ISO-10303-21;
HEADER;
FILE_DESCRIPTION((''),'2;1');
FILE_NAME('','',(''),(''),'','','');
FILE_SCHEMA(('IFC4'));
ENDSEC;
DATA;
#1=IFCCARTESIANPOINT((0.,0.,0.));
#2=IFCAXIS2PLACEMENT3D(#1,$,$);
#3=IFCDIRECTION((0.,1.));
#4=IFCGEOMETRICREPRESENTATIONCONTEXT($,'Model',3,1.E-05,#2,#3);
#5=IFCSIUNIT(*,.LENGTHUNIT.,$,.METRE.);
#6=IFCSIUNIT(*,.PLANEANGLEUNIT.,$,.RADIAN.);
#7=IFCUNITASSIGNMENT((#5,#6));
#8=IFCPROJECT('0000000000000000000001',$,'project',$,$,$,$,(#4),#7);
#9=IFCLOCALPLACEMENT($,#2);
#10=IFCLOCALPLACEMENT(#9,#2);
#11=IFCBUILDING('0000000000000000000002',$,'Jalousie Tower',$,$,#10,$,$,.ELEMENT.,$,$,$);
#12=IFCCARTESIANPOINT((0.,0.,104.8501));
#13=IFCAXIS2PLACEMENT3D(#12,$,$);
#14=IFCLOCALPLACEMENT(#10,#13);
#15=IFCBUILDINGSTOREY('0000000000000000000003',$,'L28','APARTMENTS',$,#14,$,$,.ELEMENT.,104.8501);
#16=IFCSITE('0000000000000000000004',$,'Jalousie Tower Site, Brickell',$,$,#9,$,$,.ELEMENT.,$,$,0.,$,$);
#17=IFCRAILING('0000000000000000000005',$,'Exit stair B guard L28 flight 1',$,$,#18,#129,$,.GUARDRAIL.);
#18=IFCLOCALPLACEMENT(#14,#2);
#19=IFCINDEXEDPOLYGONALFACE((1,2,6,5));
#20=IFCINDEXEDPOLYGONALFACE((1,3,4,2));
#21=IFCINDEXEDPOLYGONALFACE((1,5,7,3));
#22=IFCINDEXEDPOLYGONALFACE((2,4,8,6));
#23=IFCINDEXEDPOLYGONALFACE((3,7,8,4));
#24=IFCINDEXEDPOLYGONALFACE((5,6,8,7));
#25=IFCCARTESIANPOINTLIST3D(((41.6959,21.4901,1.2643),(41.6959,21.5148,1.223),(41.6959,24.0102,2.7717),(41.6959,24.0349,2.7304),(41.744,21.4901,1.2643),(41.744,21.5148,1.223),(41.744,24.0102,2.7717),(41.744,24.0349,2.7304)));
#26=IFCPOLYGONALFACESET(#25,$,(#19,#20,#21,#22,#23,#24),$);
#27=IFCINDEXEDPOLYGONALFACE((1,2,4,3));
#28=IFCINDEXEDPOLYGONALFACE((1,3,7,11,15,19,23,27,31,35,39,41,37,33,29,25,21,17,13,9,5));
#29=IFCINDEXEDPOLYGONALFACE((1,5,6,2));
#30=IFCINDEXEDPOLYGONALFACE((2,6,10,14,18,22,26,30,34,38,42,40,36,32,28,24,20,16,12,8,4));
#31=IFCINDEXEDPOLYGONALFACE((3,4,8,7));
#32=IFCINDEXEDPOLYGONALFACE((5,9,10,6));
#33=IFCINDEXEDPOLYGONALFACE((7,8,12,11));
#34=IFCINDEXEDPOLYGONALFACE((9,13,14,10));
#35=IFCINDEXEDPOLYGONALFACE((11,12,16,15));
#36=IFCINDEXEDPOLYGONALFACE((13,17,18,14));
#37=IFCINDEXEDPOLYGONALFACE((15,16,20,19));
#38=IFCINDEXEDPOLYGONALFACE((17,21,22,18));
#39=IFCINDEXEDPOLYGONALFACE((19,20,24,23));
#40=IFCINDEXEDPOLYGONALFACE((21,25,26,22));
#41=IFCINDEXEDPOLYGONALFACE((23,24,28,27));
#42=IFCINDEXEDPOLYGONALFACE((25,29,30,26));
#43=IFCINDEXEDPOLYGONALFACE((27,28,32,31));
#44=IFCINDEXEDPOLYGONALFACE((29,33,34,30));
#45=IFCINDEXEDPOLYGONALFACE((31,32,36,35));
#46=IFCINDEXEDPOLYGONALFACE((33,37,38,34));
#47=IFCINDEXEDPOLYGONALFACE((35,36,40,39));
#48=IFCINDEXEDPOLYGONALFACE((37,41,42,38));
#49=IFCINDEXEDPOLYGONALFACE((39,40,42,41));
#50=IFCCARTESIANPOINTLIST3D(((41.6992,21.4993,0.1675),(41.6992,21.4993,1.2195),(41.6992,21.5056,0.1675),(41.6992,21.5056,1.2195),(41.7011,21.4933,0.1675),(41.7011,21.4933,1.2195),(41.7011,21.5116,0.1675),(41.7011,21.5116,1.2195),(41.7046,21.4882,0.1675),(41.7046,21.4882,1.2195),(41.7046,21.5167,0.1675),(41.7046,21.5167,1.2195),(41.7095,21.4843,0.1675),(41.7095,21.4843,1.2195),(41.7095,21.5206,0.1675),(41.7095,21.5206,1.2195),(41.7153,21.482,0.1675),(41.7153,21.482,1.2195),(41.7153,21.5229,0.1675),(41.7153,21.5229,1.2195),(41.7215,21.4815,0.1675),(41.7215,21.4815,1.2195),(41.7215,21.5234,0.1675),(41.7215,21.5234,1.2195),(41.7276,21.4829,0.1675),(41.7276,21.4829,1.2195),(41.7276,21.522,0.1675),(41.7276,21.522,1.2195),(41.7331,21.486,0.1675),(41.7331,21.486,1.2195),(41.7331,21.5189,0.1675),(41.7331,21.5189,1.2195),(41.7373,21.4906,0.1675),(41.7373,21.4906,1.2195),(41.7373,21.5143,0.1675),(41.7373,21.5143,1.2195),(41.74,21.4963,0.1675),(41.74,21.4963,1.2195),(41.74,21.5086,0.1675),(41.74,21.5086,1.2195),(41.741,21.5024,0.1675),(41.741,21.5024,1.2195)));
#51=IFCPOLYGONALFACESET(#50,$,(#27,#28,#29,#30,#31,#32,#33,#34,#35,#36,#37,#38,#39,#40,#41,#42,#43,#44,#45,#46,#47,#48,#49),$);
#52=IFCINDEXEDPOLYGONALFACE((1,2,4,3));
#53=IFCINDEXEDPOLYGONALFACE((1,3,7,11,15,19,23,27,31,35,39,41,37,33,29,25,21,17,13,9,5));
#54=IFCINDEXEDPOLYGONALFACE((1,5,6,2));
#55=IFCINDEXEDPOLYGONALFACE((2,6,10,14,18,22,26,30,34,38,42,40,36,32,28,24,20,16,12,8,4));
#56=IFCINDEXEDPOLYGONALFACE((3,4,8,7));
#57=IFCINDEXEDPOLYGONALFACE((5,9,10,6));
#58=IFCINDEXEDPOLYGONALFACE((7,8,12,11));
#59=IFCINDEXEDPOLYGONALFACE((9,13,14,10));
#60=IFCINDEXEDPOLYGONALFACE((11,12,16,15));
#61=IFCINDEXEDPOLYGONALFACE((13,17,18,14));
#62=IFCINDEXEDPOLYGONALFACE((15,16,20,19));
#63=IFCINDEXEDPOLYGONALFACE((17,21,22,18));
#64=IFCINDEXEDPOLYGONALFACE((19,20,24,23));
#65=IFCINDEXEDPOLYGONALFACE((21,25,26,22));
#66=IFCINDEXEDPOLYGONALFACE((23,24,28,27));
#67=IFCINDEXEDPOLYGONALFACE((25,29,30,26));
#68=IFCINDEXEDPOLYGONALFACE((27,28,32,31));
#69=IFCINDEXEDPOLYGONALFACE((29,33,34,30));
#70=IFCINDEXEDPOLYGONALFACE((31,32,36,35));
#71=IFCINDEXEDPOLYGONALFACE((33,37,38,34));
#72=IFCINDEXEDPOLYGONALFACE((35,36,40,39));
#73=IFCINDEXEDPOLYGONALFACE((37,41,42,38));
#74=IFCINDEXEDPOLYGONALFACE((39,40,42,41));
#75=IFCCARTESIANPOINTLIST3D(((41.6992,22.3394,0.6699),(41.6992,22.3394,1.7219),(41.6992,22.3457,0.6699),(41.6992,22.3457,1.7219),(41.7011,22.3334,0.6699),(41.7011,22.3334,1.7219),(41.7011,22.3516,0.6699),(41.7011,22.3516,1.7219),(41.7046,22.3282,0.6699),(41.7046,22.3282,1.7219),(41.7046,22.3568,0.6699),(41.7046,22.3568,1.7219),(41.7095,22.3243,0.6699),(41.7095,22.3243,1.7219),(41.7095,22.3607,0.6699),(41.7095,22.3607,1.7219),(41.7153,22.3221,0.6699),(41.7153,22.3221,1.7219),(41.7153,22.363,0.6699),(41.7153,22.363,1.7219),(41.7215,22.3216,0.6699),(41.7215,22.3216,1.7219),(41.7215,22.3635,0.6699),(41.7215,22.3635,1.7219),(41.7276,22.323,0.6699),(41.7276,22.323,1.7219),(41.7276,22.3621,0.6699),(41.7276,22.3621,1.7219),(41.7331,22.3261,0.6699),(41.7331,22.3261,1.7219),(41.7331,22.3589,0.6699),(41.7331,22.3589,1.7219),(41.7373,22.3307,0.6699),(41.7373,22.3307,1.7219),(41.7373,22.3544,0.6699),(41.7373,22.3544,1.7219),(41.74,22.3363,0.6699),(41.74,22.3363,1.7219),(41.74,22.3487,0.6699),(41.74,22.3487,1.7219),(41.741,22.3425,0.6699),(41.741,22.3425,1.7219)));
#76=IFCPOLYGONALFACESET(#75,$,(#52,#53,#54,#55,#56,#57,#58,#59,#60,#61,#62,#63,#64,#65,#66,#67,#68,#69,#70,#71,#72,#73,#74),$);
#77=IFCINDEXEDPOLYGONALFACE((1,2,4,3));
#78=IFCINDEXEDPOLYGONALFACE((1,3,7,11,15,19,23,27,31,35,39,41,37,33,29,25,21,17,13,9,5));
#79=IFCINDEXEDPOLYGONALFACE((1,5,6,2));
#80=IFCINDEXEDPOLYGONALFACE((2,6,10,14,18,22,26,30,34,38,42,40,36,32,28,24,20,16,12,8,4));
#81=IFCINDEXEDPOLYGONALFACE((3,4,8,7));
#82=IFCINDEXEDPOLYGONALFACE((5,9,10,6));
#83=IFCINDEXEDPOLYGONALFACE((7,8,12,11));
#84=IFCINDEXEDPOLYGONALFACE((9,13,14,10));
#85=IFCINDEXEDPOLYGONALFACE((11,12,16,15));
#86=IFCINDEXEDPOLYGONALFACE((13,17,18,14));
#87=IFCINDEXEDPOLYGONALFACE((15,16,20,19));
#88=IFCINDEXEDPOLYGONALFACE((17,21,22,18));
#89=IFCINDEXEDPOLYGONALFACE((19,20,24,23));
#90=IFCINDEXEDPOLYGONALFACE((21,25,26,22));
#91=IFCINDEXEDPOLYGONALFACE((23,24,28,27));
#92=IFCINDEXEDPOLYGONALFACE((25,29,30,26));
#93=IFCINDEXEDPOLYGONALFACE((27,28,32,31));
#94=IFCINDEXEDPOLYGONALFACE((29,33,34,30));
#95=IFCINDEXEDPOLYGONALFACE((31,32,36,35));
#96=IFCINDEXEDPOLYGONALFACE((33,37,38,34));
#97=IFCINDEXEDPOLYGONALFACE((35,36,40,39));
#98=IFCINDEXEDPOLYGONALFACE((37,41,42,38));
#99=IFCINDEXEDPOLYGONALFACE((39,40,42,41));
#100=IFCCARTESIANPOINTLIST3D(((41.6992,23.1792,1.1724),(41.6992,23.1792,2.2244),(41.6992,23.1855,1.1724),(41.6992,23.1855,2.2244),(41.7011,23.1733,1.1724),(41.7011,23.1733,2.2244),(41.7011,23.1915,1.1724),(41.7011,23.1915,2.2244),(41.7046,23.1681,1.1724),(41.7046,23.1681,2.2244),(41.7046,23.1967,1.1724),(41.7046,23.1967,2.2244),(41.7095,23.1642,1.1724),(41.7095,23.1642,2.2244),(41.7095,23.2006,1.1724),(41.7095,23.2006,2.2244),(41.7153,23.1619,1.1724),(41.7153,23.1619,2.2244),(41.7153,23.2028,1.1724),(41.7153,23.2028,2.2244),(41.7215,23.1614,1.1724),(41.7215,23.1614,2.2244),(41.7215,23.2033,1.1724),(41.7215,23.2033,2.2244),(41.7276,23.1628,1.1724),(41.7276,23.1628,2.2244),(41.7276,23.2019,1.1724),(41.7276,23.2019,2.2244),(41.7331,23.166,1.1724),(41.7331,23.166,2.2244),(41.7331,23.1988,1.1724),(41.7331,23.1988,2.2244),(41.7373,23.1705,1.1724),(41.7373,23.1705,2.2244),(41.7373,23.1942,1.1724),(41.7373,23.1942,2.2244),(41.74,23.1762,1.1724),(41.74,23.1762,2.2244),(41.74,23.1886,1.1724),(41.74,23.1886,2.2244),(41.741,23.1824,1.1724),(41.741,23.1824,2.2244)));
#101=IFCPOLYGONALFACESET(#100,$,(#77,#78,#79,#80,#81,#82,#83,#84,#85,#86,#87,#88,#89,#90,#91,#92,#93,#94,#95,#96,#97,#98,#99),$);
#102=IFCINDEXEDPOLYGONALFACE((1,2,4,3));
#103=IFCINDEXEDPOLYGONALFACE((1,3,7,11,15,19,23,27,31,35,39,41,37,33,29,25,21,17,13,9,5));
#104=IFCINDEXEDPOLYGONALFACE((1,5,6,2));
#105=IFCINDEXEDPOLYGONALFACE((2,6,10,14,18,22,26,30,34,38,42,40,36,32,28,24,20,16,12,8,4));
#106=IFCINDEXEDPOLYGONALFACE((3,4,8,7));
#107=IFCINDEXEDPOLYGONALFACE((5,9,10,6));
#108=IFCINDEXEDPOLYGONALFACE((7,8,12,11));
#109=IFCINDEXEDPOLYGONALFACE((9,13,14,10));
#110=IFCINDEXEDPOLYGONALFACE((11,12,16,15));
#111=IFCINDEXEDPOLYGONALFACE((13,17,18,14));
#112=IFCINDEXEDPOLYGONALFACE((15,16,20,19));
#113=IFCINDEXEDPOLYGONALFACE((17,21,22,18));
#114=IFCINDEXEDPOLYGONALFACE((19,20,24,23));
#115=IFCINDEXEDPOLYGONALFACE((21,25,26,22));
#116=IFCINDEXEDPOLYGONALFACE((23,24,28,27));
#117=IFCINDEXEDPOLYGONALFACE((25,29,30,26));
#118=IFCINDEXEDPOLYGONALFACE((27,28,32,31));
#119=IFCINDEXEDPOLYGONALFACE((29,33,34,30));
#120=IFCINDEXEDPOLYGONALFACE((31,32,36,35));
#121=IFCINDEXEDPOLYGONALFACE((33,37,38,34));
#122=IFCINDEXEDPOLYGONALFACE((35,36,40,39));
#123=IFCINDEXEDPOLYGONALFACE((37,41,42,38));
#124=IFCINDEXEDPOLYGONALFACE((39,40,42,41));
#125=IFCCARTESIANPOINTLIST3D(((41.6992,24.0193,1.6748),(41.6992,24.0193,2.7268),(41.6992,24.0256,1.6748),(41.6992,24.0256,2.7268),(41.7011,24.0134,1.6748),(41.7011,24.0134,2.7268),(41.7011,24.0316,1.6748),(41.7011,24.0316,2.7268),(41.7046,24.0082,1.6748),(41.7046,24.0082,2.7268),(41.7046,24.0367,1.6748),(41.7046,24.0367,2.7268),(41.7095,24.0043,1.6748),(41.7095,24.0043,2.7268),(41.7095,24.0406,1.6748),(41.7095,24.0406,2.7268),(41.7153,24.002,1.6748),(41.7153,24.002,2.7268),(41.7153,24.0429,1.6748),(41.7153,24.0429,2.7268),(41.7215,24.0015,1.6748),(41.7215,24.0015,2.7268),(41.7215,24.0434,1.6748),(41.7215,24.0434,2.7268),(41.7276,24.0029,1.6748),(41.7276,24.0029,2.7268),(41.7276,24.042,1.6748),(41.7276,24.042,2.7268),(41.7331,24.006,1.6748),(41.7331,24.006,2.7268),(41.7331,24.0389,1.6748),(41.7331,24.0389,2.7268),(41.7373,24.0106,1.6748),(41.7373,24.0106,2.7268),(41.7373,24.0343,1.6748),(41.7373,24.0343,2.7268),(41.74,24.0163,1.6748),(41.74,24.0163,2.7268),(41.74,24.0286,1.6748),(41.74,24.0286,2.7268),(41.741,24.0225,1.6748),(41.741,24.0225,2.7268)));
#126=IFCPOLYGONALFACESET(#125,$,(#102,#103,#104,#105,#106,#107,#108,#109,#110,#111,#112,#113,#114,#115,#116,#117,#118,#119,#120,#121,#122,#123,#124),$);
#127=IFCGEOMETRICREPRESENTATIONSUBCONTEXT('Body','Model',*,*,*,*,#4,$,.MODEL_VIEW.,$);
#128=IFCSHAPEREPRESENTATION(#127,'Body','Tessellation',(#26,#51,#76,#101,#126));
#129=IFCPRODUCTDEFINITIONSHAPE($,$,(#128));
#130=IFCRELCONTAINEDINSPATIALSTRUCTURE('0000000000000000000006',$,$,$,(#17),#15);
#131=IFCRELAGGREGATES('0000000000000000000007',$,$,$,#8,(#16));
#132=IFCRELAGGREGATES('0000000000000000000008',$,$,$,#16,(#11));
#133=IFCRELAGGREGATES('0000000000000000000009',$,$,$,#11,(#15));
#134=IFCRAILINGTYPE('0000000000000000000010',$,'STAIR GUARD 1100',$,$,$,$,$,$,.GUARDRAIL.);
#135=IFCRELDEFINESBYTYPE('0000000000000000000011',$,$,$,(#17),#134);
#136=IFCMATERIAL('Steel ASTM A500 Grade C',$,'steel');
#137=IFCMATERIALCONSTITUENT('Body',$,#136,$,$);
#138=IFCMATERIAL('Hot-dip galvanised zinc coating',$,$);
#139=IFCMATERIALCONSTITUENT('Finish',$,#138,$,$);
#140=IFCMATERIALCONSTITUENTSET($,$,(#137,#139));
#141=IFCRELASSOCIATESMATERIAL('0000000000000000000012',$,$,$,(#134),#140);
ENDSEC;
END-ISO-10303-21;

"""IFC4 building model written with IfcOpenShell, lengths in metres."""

from ifc_helpers import new_model, si_unit, direction, frame, origin, origin_2d, place, context, subcontext, project, spatial, rectangle, circle, extrude, material, constituent, constituent_set, type_object, element, save


model = new_model("IFC4")

# Units and contexts
model_context = context("Model", 3, precision=1e-05, world=origin(), true_north=direction((0.0, 1.0)))
body_context = subcontext(model_context, "Body", "Model", "MODEL_VIEW")
ifc_project = project(units=[si_unit("LENGTHUNIT", "METRE"), si_unit("PLANEANGLEUNIT", "RADIAN")], contexts=[model_context])

# Site, building, storey
site_placement = place(None, origin())
site = spatial("IfcSite", under=ifc_project, at=site_placement, Name="Jalousie Tower Site, Brickell", CompositionType="ELEMENT", RefElevation=0.0)
building_placement = place(site_placement, origin())
building = spatial("IfcBuilding", under=site, at=building_placement, Name="Jalousie Tower", CompositionType="ELEMENT")
storey_placement = place(building_placement, frame((0.0, 0.0, 104.8501)))
storey = spatial("IfcBuildingStorey", under=building, at=storey_placement, Name="L28", Description="APARTMENTS", CompositionType="ELEMENT", Elevation=104.8501)

# Railing
ifc_material_1 = material(Name="Steel ASTM A500 Grade C", Category="steel")
ifc_constituent_1 = constituent(ifc_material_1, Name="Body")
ifc_material_2 = material(Name="Hot-dip galvanised zinc coating")
ifc_constituent_2 = constituent(ifc_material_2, Name="Finish")
ifc_constituent_set_1 = constituent_set(constituents=[ifc_constituent_1, ifc_constituent_2])
railing_type_1 = type_object("IfcRailingType", Name="STAIR GUARD 1100", PredefinedType="GUARDRAIL", material=ifc_constituent_set_1)
railing_1_placement = place(storey_placement, frame((41.72, 21.5024, 0.1675)))
element("IfcRailing", 1, at=railing_1_placement, inside=storey, type_object=railing_type_1, Name="Exit stair B guard L28 flight 1", PredefinedType="GUARDRAIL", context=body_context, shape_type="SweptSolid", body=[
    extrude(rectangle(XDim=0.0481, YDim=0.0481, at=origin_2d()), frame((0.0, 0.0, 1.0762), z_axis=(0.0, 0.858196, 0.513321), x_axis=(-1.0, 0.0, 0.0)), (0.0, 0.0, 1.0), 2.9365),
    extrude(circle(Radius=0.021, at=origin_2d()), origin(), (0.0, 0.0, 1.0), 1.052),
    extrude(circle(Radius=0.021, at=origin_2d()), frame((0.0, 0.8401, 0.5024)), (0.0, 0.0, 1.0), 1.052),
    extrude(circle(Radius=0.021, at=origin_2d()), frame((0.0, 1.6799, 1.0049)), (0.0, 0.0, 1.0), 1.052),
    extrude(circle(Radius=0.021, at=origin_2d()), frame((0.0, 2.52, 1.5073)), (0.0, 0.0, 1.0), 1.052),
])

save(model, "model.ifc")
